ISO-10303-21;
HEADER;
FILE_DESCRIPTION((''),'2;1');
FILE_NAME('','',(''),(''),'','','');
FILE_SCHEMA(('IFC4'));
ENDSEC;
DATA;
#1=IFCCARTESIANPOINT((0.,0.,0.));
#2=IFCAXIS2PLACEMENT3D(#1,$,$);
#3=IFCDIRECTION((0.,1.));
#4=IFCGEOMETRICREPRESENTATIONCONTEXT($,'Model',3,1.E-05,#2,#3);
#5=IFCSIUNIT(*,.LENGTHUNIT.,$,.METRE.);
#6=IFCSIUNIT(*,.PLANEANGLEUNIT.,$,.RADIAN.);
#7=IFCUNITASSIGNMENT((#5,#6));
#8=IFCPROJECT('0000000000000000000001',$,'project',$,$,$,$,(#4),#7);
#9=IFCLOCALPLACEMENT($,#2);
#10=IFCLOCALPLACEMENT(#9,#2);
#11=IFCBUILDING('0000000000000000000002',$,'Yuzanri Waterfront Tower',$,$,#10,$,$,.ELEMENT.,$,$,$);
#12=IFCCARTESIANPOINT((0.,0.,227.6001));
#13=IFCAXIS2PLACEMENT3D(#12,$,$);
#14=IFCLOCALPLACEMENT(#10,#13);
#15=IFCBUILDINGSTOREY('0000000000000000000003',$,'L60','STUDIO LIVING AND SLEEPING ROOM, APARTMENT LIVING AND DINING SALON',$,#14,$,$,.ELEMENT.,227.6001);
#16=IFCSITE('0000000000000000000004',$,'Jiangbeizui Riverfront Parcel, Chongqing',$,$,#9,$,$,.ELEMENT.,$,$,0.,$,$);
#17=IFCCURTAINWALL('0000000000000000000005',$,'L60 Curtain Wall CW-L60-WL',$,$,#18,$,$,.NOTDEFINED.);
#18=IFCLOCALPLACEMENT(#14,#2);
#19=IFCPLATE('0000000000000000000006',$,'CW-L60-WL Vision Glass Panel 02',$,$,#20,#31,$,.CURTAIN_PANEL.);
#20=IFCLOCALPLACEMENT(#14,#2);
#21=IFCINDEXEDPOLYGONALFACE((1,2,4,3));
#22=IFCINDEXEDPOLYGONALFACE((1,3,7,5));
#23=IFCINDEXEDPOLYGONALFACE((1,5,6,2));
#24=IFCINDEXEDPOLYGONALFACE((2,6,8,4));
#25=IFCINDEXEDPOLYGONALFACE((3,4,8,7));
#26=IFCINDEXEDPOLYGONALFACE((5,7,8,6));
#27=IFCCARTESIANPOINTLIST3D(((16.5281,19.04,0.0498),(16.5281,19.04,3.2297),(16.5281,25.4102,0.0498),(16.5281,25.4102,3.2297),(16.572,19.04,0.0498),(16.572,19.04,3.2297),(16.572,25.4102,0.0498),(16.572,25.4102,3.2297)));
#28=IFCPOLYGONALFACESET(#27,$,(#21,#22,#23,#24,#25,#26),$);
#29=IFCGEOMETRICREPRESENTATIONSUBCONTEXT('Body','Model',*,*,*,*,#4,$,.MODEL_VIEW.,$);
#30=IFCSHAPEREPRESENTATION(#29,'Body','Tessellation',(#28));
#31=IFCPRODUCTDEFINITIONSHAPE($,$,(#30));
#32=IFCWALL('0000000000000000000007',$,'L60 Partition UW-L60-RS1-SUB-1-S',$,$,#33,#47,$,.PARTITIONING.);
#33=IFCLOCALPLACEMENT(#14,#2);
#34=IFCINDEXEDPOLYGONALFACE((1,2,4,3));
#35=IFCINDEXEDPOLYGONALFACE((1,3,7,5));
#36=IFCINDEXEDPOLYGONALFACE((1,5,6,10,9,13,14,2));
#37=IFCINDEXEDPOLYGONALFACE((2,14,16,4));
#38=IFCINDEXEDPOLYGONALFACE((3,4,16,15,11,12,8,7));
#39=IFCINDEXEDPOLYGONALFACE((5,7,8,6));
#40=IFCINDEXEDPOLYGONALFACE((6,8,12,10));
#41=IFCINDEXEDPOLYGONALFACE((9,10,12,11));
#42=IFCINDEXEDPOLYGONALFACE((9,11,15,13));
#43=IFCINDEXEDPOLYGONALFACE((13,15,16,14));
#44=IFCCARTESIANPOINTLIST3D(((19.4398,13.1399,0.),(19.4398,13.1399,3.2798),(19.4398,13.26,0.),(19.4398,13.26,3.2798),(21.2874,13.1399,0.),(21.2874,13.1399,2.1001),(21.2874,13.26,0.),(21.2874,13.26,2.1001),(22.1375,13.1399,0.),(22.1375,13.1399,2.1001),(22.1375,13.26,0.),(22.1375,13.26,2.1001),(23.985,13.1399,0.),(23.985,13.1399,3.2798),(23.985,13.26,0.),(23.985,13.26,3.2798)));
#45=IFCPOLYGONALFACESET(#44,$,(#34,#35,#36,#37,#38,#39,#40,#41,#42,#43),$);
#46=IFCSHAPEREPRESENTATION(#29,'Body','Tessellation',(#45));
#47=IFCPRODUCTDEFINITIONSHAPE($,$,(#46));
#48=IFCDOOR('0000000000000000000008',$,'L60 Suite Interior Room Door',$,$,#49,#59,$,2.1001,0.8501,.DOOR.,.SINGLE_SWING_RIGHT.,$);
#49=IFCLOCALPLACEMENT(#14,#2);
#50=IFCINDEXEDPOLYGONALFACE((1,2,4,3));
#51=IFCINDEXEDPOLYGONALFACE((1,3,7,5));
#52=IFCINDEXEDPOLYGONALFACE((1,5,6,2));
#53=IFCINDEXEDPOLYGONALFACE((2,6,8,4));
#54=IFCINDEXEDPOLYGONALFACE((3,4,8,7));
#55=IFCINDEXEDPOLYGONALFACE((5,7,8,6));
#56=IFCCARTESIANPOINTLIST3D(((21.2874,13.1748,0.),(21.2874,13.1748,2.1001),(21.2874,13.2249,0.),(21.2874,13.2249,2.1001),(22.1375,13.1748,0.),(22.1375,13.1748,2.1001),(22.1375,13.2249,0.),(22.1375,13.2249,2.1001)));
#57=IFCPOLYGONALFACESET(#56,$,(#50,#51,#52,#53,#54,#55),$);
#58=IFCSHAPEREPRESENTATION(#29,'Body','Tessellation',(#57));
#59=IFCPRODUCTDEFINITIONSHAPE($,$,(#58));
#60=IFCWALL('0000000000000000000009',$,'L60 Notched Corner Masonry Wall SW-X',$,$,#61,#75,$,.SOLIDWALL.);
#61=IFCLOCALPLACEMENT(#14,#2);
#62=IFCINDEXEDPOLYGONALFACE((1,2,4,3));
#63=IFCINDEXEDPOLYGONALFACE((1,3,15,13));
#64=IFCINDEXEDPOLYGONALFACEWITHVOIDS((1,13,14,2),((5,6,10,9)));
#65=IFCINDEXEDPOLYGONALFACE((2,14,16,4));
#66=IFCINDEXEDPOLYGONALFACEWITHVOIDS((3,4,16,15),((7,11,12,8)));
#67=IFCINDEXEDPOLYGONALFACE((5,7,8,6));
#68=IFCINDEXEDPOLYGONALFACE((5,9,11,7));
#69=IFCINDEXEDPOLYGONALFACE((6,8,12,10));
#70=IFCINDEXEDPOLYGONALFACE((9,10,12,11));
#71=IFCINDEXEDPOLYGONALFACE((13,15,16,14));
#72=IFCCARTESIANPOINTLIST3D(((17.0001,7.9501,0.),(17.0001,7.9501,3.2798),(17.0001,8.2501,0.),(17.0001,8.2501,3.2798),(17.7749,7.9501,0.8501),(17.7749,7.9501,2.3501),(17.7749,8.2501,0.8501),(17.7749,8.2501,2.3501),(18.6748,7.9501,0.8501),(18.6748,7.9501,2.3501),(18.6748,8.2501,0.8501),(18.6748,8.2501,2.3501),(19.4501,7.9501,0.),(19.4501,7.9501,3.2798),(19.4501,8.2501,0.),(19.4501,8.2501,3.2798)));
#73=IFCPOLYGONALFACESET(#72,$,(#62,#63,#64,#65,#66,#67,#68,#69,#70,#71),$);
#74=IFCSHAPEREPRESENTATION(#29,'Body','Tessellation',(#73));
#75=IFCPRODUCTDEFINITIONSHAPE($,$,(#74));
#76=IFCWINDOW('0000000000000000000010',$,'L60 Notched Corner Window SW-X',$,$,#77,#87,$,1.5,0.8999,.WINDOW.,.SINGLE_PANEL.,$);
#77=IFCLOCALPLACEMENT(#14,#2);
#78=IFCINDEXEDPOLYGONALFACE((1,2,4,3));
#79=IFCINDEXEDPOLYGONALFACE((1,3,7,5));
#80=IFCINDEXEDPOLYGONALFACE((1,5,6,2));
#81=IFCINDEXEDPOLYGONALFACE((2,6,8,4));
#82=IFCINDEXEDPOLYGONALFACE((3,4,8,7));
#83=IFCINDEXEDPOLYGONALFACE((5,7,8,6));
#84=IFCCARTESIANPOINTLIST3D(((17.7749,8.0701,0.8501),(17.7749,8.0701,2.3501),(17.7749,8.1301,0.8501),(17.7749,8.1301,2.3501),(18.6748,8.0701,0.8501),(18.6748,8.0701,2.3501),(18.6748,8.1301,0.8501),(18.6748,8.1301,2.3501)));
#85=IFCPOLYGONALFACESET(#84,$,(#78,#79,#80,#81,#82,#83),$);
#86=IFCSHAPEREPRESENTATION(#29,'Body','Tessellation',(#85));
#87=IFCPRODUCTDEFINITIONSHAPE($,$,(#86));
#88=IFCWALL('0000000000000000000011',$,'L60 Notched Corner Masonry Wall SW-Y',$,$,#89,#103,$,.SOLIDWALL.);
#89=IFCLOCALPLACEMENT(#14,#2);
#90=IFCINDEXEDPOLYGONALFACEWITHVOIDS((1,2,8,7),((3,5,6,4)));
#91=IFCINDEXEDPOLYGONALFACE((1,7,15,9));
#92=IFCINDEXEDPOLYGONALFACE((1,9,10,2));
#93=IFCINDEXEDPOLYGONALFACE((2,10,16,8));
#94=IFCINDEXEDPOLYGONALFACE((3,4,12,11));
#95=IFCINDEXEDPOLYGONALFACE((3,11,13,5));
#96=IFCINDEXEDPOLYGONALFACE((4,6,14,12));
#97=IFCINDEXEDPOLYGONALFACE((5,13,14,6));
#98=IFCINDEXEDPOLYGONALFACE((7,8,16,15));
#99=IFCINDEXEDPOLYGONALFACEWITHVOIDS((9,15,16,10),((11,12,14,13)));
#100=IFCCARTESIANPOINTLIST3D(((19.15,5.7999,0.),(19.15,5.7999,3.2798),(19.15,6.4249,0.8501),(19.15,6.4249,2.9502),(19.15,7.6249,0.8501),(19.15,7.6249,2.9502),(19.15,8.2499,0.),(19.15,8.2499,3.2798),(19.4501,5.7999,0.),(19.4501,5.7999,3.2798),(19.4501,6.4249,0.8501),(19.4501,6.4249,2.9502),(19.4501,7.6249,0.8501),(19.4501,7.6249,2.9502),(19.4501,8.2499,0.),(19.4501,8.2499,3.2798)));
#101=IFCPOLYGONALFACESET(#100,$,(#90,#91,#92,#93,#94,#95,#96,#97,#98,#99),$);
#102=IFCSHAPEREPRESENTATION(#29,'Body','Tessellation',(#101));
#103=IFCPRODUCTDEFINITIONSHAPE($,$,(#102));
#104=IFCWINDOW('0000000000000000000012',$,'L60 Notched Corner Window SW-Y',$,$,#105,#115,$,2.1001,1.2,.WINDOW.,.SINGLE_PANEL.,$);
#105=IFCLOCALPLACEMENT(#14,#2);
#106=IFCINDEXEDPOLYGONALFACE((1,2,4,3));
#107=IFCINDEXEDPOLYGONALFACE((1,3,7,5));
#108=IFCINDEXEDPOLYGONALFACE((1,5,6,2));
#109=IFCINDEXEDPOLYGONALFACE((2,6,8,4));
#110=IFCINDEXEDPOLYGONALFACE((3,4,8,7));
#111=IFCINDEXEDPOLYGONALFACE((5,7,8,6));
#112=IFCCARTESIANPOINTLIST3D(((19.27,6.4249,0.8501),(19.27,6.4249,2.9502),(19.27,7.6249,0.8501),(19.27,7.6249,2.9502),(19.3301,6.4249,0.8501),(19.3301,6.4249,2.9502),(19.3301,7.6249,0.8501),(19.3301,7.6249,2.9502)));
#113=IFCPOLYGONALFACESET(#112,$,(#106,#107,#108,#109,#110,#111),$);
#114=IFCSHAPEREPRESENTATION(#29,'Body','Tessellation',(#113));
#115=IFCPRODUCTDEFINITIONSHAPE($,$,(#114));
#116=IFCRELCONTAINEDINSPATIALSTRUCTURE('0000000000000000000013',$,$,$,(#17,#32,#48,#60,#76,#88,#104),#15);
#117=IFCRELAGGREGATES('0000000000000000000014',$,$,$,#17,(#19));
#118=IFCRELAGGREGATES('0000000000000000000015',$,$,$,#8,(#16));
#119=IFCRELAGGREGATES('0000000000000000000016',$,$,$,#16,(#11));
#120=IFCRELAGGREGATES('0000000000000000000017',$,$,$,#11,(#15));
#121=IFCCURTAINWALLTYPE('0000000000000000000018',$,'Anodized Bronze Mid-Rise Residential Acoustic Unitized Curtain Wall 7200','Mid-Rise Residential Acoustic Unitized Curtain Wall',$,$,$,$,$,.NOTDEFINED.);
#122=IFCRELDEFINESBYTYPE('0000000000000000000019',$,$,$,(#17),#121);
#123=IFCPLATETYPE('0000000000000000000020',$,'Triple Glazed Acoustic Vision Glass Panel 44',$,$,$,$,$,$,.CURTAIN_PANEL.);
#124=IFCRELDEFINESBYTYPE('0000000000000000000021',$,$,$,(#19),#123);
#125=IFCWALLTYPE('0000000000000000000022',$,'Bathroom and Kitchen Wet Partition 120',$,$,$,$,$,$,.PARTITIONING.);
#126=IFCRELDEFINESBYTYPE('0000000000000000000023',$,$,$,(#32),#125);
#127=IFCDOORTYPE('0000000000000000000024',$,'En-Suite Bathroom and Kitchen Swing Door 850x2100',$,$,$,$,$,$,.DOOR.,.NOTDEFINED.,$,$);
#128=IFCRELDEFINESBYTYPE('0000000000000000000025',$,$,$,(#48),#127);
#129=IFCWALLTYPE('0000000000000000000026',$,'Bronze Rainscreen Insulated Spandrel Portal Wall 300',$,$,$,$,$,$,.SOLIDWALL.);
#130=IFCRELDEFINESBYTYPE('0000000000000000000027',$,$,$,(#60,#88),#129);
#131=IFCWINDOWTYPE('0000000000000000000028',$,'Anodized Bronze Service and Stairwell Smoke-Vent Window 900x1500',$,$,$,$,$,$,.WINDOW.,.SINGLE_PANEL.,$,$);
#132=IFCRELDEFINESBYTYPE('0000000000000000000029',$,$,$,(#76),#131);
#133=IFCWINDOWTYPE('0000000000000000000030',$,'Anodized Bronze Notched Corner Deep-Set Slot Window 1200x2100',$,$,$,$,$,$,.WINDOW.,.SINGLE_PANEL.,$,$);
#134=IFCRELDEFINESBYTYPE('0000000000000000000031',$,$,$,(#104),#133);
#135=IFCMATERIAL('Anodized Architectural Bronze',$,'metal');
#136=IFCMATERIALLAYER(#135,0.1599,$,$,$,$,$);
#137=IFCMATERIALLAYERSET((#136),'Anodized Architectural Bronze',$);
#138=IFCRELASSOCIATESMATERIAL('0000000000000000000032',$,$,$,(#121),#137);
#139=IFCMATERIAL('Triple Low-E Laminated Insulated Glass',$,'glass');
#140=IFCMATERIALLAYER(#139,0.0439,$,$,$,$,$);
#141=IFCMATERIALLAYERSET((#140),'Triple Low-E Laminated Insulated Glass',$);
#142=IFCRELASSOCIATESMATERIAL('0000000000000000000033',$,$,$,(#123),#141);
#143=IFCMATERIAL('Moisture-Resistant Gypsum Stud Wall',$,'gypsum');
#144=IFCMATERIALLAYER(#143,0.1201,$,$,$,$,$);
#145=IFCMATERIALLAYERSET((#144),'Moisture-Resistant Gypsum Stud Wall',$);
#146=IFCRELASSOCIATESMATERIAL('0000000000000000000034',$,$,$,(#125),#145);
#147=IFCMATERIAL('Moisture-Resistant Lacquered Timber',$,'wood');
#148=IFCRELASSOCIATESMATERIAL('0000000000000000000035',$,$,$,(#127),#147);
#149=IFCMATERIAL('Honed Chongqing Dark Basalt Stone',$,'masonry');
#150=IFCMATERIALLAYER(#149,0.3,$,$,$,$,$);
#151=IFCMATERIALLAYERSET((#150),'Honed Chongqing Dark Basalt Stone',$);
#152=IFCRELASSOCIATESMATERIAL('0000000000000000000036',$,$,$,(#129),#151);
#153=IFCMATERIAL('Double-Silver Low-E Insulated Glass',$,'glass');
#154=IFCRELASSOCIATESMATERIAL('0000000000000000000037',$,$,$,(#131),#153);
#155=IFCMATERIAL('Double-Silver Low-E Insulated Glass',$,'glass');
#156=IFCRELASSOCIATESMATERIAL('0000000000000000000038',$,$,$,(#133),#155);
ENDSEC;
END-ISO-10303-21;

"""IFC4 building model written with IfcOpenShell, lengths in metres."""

from ifc_helpers import new_model, si_unit, direction, frame, frame_2d, origin, origin_2d, place, context, subcontext, project, spatial, rectangle, extrude, source, transform, mapped, material, layer, layer_set, type_object, element, fill, aggregate, save


model = new_model("IFC4")

# Units and contexts
model_context = context("Model", 3, precision=1e-05, world=origin(), true_north=direction((0.0, 1.0)))
body_context = subcontext(model_context, "Body", "Model", "MODEL_VIEW")
ifc_project = project(units=[si_unit("LENGTHUNIT", "METRE"), si_unit("PLANEANGLEUNIT", "RADIAN")], contexts=[model_context])

# Site, building, storey
site_placement = place(None, origin())
site = spatial("IfcSite", under=ifc_project, at=site_placement, Name="Jiangbeizui Riverfront Parcel, Chongqing", CompositionType="ELEMENT", RefElevation=0.0)
building_placement = place(site_placement, origin())
building = spatial("IfcBuilding", under=site, at=building_placement, Name="Yuzanri Waterfront Tower", CompositionType="ELEMENT")
storey_placement = place(building_placement, frame((0.0, 0.0, 227.6001)))
storey = spatial("IfcBuildingStorey", under=building, at=storey_placement, Name="L60", Description="STUDIO LIVING AND SLEEPING ROOM, APARTMENT LIVING AND DINING SALON", CompositionType="ELEMENT", Elevation=227.6001)

# Shared definitions
ifc_material_1 = material(Name="Anodized Architectural Bronze", Category="metal")
ifc_layer_1 = layer(ifc_material_1, 0.1599)
ifc_layer_set_1 = layer_set([ifc_layer_1], Name="Anodized Architectural Bronze")
curtain_wall_type = type_object("IfcCurtainWallType", Name="Anodized Bronze Mid-Rise Residential Acoustic Unitized Curtain Wall 7200", Description="Mid-Rise Residential Acoustic Unitized Curtain Wall", PredefinedType="NOTDEFINED", material=ifc_layer_set_1)

# Curtain wall, plate
curtain_wall_1_placement = place(storey_placement, origin())
curtain_wall_1 = element("IfcCurtainWall", 1, at=curtain_wall_1_placement, inside=storey, type_object=curtain_wall_type, Name="L60 Curtain Wall CW-L60-WL", PredefinedType="NOTDEFINED")
ifc_material_2 = material(Name="Triple Low-E Laminated Insulated Glass", Category="glass")
ifc_layer_2 = layer(ifc_material_2, 0.0439)
ifc_layer_set_2 = layer_set([ifc_layer_2], Name="Triple Low-E Laminated Insulated Glass")
plate_type_1 = type_object("IfcPlateType", Name="Triple Glazed Acoustic Vision Glass Panel 44", PredefinedType="CURTAIN_PANEL", material=ifc_layer_set_2)
shared_shape_1 = source(origin(), body_context, "Body", "SweptSolid", [
    extrude(rectangle(XDim=6.3701, YDim=0.0439, at=origin_2d()), origin(), (0.0, 0.0, 1.0), 3.1799),
])
plate_1_placement = place(storey_placement, frame((16.55, 22.2251, 0.0498), z_axis=(0.0, 0.0, 1.0), x_axis=(0.0, 1.0, 0.0)))
plate_1 = element("IfcPlate", 2, at=plate_1_placement, type_object=plate_type_1, Name="CW-L60-WL Vision Glass Panel 02", PredefinedType="CURTAIN_PANEL", context=body_context, shape_type="MappedRepresentation", body=[
    mapped(shared_shape_1, transform((0.0, 0.0, 0.0), scale=1.0)),
])
aggregate(curtain_wall_1, [plate_1])

# Wall, opening, door
ifc_material_3 = material(Name="Moisture-Resistant Gypsum Stud Wall", Category="gypsum")
ifc_layer_3 = layer(ifc_material_3, 0.1201)
ifc_layer_set_3 = layer_set([ifc_layer_3], Name="Moisture-Resistant Gypsum Stud Wall")
wall_type_1 = type_object("IfcWallType", Name="Bathroom and Kitchen Wet Partition 120", PredefinedType="PARTITIONING", material=ifc_layer_set_3)
wall_1_placement = place(storey_placement, frame((19.4399, 13.2, 0.0), z_axis=(0.0, 0.0, 1.0), x_axis=(1.0, 0.0, 0.0)))
wall_1 = element("IfcWall", 3, at=wall_1_placement, inside=storey, type_object=wall_type_1, Name="L60 Partition UW-L60-RS1-SUB-1-S", PredefinedType="PARTITIONING", context=body_context, shape_type="SweptSolid", body=[
    extrude(rectangle(XDim=4.5452, YDim=0.1201, at=frame_2d((2.2725, 0.0))), origin(), (0.0, 0.0, 1.0), 3.2798),
])
opening_1_placement = place(wall_1_placement, frame((1.8474, 0.0, 0.0)))
opening_1 = element("IfcOpeningElement", 4, at=opening_1_placement, cuts=wall_1, PredefinedType="OPENING", context=body_context, shape_type="SweptSolid", body=[
    extrude(rectangle(XDim=0.8501, YDim=2.1001, at=frame_2d((0.425, 1.05))), frame((0.0, 0.075, 0.0), z_axis=(0.0, -1.0, 0.0), x_axis=(1.0, 0.0, 0.0)), (0.0, 0.0, 1.0), 0.1499),
])
ifc_material_4 = material(Name="Moisture-Resistant Lacquered Timber", Category="wood")
door_type_1 = type_object("IfcDoorType", Name="En-Suite Bathroom and Kitchen Swing Door 850x2100", OperationType="NOTDEFINED", PredefinedType="DOOR", material=ifc_material_4)
shared_shape_2 = source(origin(), body_context, "Body", "SweptSolid", [
    extrude(rectangle(XDim=0.8501, YDim=2.1001, at=frame_2d((0.425, 1.05))), frame((0.0, 0.0249, 0.0), z_axis=(0.0, -1.0, 0.0), x_axis=(1.0, 0.0, 0.0)), (0.0, 0.0, 1.0), 0.05),
])
door_1_placement = place(opening_1_placement, origin())
door_1 = element("IfcDoor", 5, at=door_1_placement, inside=storey, type_object=door_type_1, Name="L60 Suite Interior Room Door", OperationType="SINGLE_SWING_RIGHT", OverallHeight=2.1001, OverallWidth=0.8501, PredefinedType="DOOR", context=body_context, shape_type="MappedRepresentation", body=[
    mapped(shared_shape_2, transform((0.0, 0.0, 0.0), scale=1.0)),
])
fill(opening_1, door_1)

# Walls, openings, windows
ifc_material_5 = material(Name="Honed Chongqing Dark Basalt Stone", Category="masonry")
ifc_layer_4 = layer(ifc_material_5, 0.3)
ifc_layer_set_4 = layer_set([ifc_layer_4], Name="Honed Chongqing Dark Basalt Stone")
wall_type_2 = type_object("IfcWallType", Name="Bronze Rainscreen Insulated Spandrel Portal Wall 300", PredefinedType="SOLIDWALL", material=ifc_layer_set_4)
wall_2_placement = place(storey_placement, frame((17.0, 8.1001, 0.0), z_axis=(0.0, 0.0, 1.0), x_axis=(1.0, 0.0, 0.0)))
wall_2 = element("IfcWall", 6, at=wall_2_placement, inside=storey, type_object=wall_type_2, Name="L60 Notched Corner Masonry Wall SW-X", PredefinedType="SOLIDWALL", context=body_context, shape_type="SweptSolid", body=[
    extrude(rectangle(XDim=2.45, YDim=0.3, at=frame_2d((1.2251, 0.0))), origin(), (0.0, 0.0, 1.0), 3.2798),
])
opening_2_placement = place(wall_2_placement, frame((0.7749, 0.0, 0.8501)))
opening_2 = element("IfcOpeningElement", 7, at=opening_2_placement, cuts=wall_2, PredefinedType="OPENING", context=body_context, shape_type="SweptSolid", body=[
    extrude(rectangle(XDim=0.8999, YDim=1.5, at=frame_2d((0.45, 0.75))), frame((0.0, 0.165, 0.0), z_axis=(0.0, -1.0, 0.0), x_axis=(1.0, 0.0, 0.0)), (0.0, 0.0, 1.0), 0.3298),
])
ifc_material_6 = material(Name="Double-Silver Low-E Insulated Glass", Category="glass")
window_type_1 = type_object("IfcWindowType", Name="Anodized Bronze Service and Stairwell Smoke-Vent Window 900x1500", PartitioningType="SINGLE_PANEL", PredefinedType="WINDOW", material=ifc_material_6)
shared_shape_3 = source(origin(), body_context, "Body", "SweptSolid", [
    extrude(rectangle(XDim=0.8999, YDim=1.5, at=frame_2d((0.45, 0.75))), frame((0.0, 0.03, 0.0), z_axis=(0.0, -1.0, 0.0), x_axis=(1.0, 0.0, 0.0)), (0.0, 0.0, 1.0), 0.0601),
])
window_1_placement = place(opening_2_placement, origin())
window_1 = element("IfcWindow", 8, at=window_1_placement, inside=storey, type_object=window_type_1, Name="L60 Notched Corner Window SW-X", OverallHeight=1.5, OverallWidth=0.8999, PartitioningType="SINGLE_PANEL", PredefinedType="WINDOW", context=body_context, shape_type="MappedRepresentation", body=[
    mapped(shared_shape_3, transform((0.0, 0.0, 0.0), scale=1.0)),
])
fill(opening_2, window_1)
wall_3_placement = place(storey_placement, frame((19.3, 8.25, 0.0), z_axis=(0.0, 0.0, 1.0), x_axis=(0.0, -1.0, 0.0)))
wall_3 = element("IfcWall", 9, at=wall_3_placement, inside=storey, type_object=wall_type_2, Name="L60 Notched Corner Masonry Wall SW-Y", PredefinedType="SOLIDWALL", context=body_context, shape_type="SweptSolid", body=[
    extrude(rectangle(XDim=2.45, YDim=0.3, at=frame_2d((1.2251, 0.0))), origin(), (0.0, 0.0, 1.0), 3.2798),
])
opening_3_placement = place(wall_3_placement, frame((0.625, 0.0, 0.8501)))
opening_3 = element("IfcOpeningElement", 10, at=opening_3_placement, cuts=wall_3, PredefinedType="OPENING", context=body_context, shape_type="SweptSolid", body=[
    extrude(rectangle(XDim=1.2, YDim=2.1001, at=frame_2d((0.6001, 1.05))), frame((0.0, 0.165, 0.0), z_axis=(0.0, -1.0, 0.0), x_axis=(1.0, 0.0, 0.0)), (0.0, 0.0, 1.0), 0.3298),
])
ifc_material_7 = material(Name="Double-Silver Low-E Insulated Glass", Category="glass")
window_type_2 = type_object("IfcWindowType", Name="Anodized Bronze Notched Corner Deep-Set Slot Window 1200x2100", PartitioningType="SINGLE_PANEL", PredefinedType="WINDOW", material=ifc_material_7)
shared_shape_4 = source(origin(), body_context, "Body", "SweptSolid", [
    extrude(rectangle(XDim=1.2, YDim=2.1001, at=frame_2d((0.6001, 1.05))), frame((0.0, 0.03, 0.0), z_axis=(0.0, -1.0, 0.0), x_axis=(1.0, 0.0, 0.0)), (0.0, 0.0, 1.0), 0.0601),
])
window_2_placement = place(opening_3_placement, origin())
window_2 = element("IfcWindow", 11, at=window_2_placement, inside=storey, type_object=window_type_2, Name="L60 Notched Corner Window SW-Y", OverallHeight=2.1001, OverallWidth=1.2, PartitioningType="SINGLE_PANEL", PredefinedType="WINDOW", context=body_context, shape_type="MappedRepresentation", body=[
    mapped(shared_shape_4, transform((0.0, 0.0, 0.0), scale=1.0)),
])
fill(opening_3, window_2)

save(model, "model.ifc")
